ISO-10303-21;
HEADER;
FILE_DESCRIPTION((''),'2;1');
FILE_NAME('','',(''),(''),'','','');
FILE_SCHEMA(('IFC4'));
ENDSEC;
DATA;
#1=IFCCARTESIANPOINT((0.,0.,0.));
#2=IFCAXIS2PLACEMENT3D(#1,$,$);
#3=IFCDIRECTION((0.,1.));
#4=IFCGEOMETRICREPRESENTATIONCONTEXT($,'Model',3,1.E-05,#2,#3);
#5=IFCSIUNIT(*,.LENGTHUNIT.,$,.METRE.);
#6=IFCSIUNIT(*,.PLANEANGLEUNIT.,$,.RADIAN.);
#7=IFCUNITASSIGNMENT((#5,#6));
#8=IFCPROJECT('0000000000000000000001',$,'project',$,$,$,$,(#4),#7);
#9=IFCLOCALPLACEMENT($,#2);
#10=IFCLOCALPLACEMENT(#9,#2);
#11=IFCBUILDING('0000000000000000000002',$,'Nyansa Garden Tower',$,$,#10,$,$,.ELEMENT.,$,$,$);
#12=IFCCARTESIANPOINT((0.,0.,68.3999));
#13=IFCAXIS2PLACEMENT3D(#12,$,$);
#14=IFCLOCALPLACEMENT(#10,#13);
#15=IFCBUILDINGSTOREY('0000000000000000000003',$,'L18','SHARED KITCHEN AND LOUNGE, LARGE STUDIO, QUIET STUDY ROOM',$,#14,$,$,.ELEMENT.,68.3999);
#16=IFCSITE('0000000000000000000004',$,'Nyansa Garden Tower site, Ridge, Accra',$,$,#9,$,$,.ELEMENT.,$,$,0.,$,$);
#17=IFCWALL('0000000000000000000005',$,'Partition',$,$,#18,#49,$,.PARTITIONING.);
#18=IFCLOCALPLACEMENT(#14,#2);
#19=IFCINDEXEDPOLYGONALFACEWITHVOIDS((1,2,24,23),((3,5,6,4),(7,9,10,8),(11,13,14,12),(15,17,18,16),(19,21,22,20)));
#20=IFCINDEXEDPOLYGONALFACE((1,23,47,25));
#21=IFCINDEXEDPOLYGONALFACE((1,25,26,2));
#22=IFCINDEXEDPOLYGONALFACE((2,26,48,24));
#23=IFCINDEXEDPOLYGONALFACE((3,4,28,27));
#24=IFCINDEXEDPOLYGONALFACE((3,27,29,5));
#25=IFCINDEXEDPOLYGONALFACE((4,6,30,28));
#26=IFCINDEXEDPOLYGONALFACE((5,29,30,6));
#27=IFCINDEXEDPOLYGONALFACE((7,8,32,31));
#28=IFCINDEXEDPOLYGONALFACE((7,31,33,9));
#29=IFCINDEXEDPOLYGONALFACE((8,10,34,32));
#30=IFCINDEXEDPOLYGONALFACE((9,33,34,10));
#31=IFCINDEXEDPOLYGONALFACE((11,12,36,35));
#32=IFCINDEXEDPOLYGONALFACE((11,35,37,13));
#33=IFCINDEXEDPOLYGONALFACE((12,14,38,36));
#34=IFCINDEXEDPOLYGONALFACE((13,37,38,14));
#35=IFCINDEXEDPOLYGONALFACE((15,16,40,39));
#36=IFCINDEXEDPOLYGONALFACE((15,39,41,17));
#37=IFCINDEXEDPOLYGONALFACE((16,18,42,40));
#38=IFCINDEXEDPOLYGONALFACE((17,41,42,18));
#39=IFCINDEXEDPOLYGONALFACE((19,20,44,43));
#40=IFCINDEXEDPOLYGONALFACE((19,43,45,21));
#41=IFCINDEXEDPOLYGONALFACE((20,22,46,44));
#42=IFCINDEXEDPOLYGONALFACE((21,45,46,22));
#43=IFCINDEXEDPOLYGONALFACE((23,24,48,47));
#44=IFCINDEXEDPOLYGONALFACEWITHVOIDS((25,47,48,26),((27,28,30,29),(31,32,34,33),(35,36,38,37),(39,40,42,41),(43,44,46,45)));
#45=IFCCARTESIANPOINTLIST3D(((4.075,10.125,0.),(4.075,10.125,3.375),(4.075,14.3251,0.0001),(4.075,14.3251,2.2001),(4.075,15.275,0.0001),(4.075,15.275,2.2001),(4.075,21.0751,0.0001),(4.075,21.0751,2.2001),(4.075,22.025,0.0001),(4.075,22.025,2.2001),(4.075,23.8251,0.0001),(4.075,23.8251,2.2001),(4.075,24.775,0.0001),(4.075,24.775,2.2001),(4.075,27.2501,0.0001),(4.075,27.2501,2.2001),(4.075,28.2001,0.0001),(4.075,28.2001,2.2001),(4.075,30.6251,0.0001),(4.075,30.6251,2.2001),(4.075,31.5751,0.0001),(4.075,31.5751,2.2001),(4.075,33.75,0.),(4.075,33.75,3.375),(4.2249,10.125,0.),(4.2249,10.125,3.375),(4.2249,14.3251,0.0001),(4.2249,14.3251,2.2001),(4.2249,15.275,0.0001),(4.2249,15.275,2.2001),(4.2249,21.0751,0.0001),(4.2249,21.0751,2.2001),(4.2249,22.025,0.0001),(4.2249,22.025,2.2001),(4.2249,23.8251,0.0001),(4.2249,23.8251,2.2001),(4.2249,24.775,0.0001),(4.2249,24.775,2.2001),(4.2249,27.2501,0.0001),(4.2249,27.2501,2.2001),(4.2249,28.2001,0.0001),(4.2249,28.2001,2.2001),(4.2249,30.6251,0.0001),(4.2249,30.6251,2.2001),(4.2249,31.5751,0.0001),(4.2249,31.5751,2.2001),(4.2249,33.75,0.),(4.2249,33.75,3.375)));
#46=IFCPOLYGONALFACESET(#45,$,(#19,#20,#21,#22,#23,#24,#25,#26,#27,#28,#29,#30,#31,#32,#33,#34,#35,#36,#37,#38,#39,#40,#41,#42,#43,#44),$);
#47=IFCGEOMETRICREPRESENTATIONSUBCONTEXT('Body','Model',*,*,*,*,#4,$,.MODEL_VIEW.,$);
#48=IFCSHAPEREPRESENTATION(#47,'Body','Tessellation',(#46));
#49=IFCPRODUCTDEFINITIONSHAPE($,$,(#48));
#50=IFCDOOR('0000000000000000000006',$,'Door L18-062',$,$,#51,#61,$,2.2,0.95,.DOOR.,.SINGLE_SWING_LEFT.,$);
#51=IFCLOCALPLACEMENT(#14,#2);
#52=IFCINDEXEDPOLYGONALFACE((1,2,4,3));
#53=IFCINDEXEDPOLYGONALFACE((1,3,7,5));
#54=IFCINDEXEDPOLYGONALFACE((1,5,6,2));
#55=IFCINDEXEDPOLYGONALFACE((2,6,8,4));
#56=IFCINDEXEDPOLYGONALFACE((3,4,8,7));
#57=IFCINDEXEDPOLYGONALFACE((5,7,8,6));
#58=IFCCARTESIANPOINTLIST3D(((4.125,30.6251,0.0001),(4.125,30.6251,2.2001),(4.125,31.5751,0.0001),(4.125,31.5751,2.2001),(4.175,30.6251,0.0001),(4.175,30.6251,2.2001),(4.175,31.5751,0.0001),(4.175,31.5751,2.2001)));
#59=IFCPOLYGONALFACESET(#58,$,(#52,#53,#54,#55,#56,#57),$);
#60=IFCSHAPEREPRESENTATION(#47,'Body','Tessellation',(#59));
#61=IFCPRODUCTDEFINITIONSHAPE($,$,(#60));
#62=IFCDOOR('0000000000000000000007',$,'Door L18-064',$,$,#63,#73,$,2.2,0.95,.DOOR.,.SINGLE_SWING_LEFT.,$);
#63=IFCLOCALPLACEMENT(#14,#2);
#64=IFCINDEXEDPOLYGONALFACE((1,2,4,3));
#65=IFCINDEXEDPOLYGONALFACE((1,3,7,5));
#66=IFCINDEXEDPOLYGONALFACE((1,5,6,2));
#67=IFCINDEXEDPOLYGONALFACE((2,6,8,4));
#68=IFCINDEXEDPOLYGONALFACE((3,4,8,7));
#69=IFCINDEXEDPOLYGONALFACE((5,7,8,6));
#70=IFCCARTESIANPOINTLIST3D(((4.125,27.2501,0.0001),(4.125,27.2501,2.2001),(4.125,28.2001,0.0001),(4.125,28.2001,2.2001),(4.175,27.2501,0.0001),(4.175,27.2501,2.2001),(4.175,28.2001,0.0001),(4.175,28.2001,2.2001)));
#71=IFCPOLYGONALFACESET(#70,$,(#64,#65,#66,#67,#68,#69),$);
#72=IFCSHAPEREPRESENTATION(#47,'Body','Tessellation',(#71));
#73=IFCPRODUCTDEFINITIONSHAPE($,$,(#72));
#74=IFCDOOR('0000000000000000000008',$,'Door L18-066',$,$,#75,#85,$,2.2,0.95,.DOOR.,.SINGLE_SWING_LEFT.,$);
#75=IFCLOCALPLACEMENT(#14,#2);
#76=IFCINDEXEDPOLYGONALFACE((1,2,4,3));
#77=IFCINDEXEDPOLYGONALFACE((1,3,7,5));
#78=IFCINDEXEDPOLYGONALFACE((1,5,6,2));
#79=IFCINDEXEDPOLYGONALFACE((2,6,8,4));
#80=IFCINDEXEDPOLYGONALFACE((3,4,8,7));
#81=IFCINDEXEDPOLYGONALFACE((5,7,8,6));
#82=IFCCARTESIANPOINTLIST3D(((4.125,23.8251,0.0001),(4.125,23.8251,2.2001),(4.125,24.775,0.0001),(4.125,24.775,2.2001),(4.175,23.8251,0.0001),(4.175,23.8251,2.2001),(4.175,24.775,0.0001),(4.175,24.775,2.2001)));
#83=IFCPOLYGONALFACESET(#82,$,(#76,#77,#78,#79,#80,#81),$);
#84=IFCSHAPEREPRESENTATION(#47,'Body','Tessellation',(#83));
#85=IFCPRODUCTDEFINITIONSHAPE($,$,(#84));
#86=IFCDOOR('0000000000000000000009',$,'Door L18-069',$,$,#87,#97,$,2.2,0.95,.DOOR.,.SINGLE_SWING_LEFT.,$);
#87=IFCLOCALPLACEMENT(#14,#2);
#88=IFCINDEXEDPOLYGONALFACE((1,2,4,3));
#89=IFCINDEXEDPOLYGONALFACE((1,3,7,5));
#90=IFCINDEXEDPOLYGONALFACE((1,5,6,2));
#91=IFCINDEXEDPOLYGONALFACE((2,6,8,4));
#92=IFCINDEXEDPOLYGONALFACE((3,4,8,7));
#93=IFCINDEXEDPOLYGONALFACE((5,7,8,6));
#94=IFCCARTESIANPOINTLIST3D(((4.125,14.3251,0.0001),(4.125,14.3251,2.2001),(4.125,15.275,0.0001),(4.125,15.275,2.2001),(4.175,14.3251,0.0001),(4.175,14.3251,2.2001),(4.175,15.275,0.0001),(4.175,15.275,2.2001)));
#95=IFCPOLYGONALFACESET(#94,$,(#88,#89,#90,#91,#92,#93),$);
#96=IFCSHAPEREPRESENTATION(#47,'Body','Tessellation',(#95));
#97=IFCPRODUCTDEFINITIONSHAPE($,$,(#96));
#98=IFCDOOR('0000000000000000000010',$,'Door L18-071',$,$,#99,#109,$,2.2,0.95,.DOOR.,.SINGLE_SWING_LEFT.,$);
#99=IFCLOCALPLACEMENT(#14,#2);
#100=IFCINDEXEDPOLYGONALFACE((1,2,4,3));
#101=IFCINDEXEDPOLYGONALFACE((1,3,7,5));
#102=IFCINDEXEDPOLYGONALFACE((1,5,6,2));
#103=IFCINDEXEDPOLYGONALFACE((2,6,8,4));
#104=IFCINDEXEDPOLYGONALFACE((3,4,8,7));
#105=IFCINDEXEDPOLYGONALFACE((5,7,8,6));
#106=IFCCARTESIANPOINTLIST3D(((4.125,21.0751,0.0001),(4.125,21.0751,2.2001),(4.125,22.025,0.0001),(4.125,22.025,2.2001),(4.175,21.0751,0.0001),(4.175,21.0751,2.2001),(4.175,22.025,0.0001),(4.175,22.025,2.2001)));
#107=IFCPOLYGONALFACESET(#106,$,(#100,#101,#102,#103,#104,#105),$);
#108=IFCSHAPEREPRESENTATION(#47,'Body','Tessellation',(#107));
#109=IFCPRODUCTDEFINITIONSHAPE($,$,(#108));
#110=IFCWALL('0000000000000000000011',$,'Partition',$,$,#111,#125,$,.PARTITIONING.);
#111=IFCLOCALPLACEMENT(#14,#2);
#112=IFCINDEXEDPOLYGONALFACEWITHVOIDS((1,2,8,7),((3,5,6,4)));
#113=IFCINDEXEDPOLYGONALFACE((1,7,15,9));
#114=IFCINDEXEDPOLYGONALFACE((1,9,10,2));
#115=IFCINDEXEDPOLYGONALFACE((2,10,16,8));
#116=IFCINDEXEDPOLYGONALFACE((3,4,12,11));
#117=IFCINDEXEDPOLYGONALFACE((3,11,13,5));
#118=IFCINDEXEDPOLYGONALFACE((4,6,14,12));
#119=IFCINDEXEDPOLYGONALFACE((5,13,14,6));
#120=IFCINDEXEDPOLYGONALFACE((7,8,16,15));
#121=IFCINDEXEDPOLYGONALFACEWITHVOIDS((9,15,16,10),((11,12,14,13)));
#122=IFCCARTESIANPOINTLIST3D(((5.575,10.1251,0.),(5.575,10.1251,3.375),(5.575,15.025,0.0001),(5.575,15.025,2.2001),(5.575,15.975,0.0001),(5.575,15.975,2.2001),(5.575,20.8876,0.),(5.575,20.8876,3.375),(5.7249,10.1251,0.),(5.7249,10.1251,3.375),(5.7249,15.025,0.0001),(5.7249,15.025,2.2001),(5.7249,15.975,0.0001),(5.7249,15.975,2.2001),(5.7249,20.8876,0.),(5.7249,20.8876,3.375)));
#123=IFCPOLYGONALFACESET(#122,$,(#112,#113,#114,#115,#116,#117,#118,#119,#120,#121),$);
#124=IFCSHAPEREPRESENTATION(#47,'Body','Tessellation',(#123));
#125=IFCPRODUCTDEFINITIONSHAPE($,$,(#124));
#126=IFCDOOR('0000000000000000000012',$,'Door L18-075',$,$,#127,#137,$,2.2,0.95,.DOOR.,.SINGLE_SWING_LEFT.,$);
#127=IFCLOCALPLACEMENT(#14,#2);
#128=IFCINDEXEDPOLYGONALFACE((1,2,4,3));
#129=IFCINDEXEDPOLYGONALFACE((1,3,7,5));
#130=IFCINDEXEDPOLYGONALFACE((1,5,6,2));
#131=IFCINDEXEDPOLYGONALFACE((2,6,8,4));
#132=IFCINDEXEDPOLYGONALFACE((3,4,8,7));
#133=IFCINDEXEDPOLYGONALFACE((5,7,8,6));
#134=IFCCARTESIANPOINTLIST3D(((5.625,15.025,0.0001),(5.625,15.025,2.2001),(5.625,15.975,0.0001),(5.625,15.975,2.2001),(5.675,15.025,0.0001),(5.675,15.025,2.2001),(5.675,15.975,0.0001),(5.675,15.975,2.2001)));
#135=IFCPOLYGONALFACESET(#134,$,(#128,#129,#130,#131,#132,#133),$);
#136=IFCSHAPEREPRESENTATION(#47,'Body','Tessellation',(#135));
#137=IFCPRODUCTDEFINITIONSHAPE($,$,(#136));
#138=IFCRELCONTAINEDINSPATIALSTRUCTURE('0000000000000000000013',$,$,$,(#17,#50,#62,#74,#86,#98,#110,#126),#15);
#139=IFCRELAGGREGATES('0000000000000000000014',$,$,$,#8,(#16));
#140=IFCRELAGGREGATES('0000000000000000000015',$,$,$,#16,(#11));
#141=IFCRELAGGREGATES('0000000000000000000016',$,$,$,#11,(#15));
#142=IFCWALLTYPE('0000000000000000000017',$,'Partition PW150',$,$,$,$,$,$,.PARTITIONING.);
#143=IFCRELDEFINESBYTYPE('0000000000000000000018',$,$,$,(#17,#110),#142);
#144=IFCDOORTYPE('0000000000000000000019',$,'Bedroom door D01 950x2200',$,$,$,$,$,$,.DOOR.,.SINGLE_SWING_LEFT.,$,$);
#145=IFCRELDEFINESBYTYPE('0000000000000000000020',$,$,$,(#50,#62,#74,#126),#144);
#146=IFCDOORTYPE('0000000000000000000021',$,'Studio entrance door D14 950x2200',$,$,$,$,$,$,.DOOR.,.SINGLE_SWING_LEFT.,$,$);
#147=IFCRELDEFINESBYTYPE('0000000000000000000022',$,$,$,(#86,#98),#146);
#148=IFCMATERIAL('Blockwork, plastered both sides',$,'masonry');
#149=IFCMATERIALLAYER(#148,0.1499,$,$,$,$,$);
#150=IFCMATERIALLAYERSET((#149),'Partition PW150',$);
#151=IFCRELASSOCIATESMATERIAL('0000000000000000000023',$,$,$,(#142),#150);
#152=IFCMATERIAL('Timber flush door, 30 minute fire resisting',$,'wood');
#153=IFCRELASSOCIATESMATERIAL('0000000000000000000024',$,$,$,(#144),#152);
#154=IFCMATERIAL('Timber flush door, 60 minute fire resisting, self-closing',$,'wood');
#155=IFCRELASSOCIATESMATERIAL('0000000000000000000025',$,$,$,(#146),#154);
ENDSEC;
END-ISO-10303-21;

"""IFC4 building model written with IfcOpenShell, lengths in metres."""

from ifc_helpers import new_model, si_unit, direction, frame, frame_2d, origin, place, context, subcontext, project, spatial, rectangle, extrude, material, layer, layer_set, type_object, element, fill, save


model = new_model("IFC4")

# Units and contexts
model_context = context("Model", 3, precision=1e-05, world=origin(), true_north=direction((0.0, 1.0)))
body_context = subcontext(model_context, "Body", "Model", "MODEL_VIEW")
ifc_project = project(units=[si_unit("LENGTHUNIT", "METRE"), si_unit("PLANEANGLEUNIT", "RADIAN")], contexts=[model_context])

# Site, building, storey
site_placement = place(None, origin())
site = spatial("IfcSite", under=ifc_project, at=site_placement, Name="Nyansa Garden Tower site, Ridge, Accra", CompositionType="ELEMENT", RefElevation=0.0)
building_placement = place(site_placement, origin())
building = spatial("IfcBuilding", under=site, at=building_placement, Name="Nyansa Garden Tower", CompositionType="ELEMENT")
storey_placement = place(building_placement, frame((0.0, 0.0, 68.3999)))
storey = spatial("IfcBuildingStorey", under=building, at=storey_placement, Name="L18", Description="SHARED KITCHEN AND LOUNGE, LARGE STUDIO, QUIET STUDY ROOM", CompositionType="ELEMENT", Elevation=68.3999)

# Shared definitions
ifc_material_1 = material(Name="Blockwork, plastered both sides", Category="masonry")
ifc_layer_1 = layer(ifc_material_1, 0.1499)
ifc_layer_set_1 = layer_set([ifc_layer_1], Name="Partition PW150")
wall_type_1 = type_object("IfcWallType", Name="Partition PW150", PredefinedType="PARTITIONING", material=ifc_layer_set_1)

# Wall, openings, doors
wall_1_placement = place(storey_placement, frame((4.1499, 10.125, 0.0), z_axis=(0.0, 0.0, 1.0), x_axis=(0.0, 1.0, 0.0)))
wall_1 = element("IfcWall", 1, at=wall_1_placement, inside=storey, type_object=wall_type_1, Name="Partition", PredefinedType="PARTITIONING", context=body_context, shape_type="SweptSolid", body=[
    extrude(rectangle(XDim=23.625, YDim=0.1499, at=frame_2d((11.8125, 0.0))), origin(), (0.0, 0.0, 1.0), 3.375),
])
opening_1_placement = place(wall_1_placement, frame((20.5, 0.0, 0.0)))
opening_1 = element("IfcOpeningElement", 2, at=opening_1_placement, cuts=wall_1, PredefinedType="OPENING", context=body_context, shape_type="SweptSolid", body=[
    extrude(rectangle(XDim=0.95, YDim=2.2, at=frame_2d((0.4751, 1.1001))), frame((0.0, 0.085, 0.0), z_axis=(0.0, -1.0, 0.0), x_axis=(1.0, 0.0, 0.0)), (0.0, 0.0, 1.0), 0.1699),
])
opening_2_placement = place(wall_1_placement, frame((17.125, 0.0, 0.0)))
opening_2 = element("IfcOpeningElement", 3, at=opening_2_placement, cuts=wall_1, PredefinedType="OPENING", context=body_context, shape_type="SweptSolid", body=[
    extrude(rectangle(XDim=0.95, YDim=2.2, at=frame_2d((0.4751, 1.1001))), frame((0.0, 0.085, 0.0), z_axis=(0.0, -1.0, 0.0), x_axis=(1.0, 0.0, 0.0)), (0.0, 0.0, 1.0), 0.1699),
])
opening_3_placement = place(wall_1_placement, frame((13.7, 0.0, 0.0)))
opening_3 = element("IfcOpeningElement", 4, at=opening_3_placement, cuts=wall_1, PredefinedType="OPENING", context=body_context, shape_type="SweptSolid", body=[
    extrude(rectangle(XDim=0.95, YDim=2.2, at=frame_2d((0.4751, 1.1001))), frame((0.0, 0.085, 0.0), z_axis=(0.0, -1.0, 0.0), x_axis=(1.0, 0.0, 0.0)), (0.0, 0.0, 1.0), 0.1699),
])
opening_4_placement = place(wall_1_placement, frame((4.2, 0.0, 0.0)))
opening_4 = element("IfcOpeningElement", 5, at=opening_4_placement, cuts=wall_1, PredefinedType="OPENING", context=body_context, shape_type="SweptSolid", body=[
    extrude(rectangle(XDim=0.95, YDim=2.2, at=frame_2d((0.4751, 1.1001))), frame((0.0, 0.085, 0.0), z_axis=(0.0, -1.0, 0.0), x_axis=(1.0, 0.0, 0.0)), (0.0, 0.0, 1.0), 0.1699),
])
opening_5_placement = place(wall_1_placement, frame((10.95, 0.0, 0.0)))
opening_5 = element("IfcOpeningElement", 6, at=opening_5_placement, cuts=wall_1, PredefinedType="OPENING", context=body_context, shape_type="SweptSolid", body=[
    extrude(rectangle(XDim=0.95, YDim=2.2, at=frame_2d((0.4751, 1.1001))), frame((0.0, 0.085, 0.0), z_axis=(0.0, -1.0, 0.0), x_axis=(1.0, 0.0, 0.0)), (0.0, 0.0, 1.0), 0.1699),
])
ifc_material_2 = material(Name="Timber flush door, 30 minute fire resisting", Category="wood")
door_type_1 = type_object("IfcDoorType", Name="Bedroom door D01 950x2200", OperationType="SINGLE_SWING_LEFT", PredefinedType="DOOR", material=ifc_material_2)
door_1_placement = place(opening_1_placement, origin())
door_1 = element("IfcDoor", 7, at=door_1_placement, inside=storey, type_object=door_type_1, Name="Door L18-062", OperationType="SINGLE_SWING_LEFT", OverallHeight=2.2, OverallWidth=0.95, PredefinedType="DOOR", context=body_context, shape_type="SweptSolid", body=[
    extrude(rectangle(XDim=0.95, YDim=2.2, at=frame_2d((0.4751, 1.1001))), frame((0.0, 0.0249, 0.0), z_axis=(0.0, -1.0, 0.0), x_axis=(1.0, 0.0, 0.0)), (0.0, 0.0, 1.0), 0.05),
])
fill(opening_1, door_1)
door_2_placement = place(opening_2_placement, origin())
door_2 = element("IfcDoor", 8, at=door_2_placement, inside=storey, type_object=door_type_1, Name="Door L18-064", OperationType="SINGLE_SWING_LEFT", OverallHeight=2.2, OverallWidth=0.95, PredefinedType="DOOR", context=body_context, shape_type="SweptSolid", body=[
    extrude(rectangle(XDim=0.95, YDim=2.2, at=frame_2d((0.4751, 1.1001))), frame((0.0, 0.0249, 0.0), z_axis=(0.0, -1.0, 0.0), x_axis=(1.0, 0.0, 0.0)), (0.0, 0.0, 1.0), 0.05),
])
fill(opening_2, door_2)
door_3_placement = place(opening_3_placement, origin())
door_3 = element("IfcDoor", 9, at=door_3_placement, inside=storey, type_object=door_type_1, Name="Door L18-066", OperationType="SINGLE_SWING_LEFT", OverallHeight=2.2, OverallWidth=0.95, PredefinedType="DOOR", context=body_context, shape_type="SweptSolid", body=[
    extrude(rectangle(XDim=0.95, YDim=2.2, at=frame_2d((0.4751, 1.1001))), frame((0.0, 0.0249, 0.0), z_axis=(0.0, -1.0, 0.0), x_axis=(1.0, 0.0, 0.0)), (0.0, 0.0, 1.0), 0.05),
])
fill(opening_3, door_3)
ifc_material_3 = material(Name="Timber flush door, 60 minute fire resisting, self-closing", Category="wood")
door_type_2 = type_object("IfcDoorType", Name="Studio entrance door D14 950x2200", OperationType="SINGLE_SWING_LEFT", PredefinedType="DOOR", material=ifc_material_3)
door_4_placement = place(opening_4_placement, origin())
door_4 = element("IfcDoor", 10, at=door_4_placement, inside=storey, type_object=door_type_2, Name="Door L18-069", OperationType="SINGLE_SWING_LEFT", OverallHeight=2.2, OverallWidth=0.95, PredefinedType="DOOR", context=body_context, shape_type="SweptSolid", body=[
    extrude(rectangle(XDim=0.95, YDim=2.2, at=frame_2d((0.4751, 1.1001))), frame((0.0, 0.0249, 0.0), z_axis=(0.0, -1.0, 0.0), x_axis=(1.0, 0.0, 0.0)), (0.0, 0.0, 1.0), 0.05),
])
fill(opening_4, door_4)
door_5_placement = place(opening_5_placement, origin())
door_5 = element("IfcDoor", 11, at=door_5_placement, inside=storey, type_object=door_type_2, Name="Door L18-071", OperationType="SINGLE_SWING_LEFT", OverallHeight=2.2, OverallWidth=0.95, PredefinedType="DOOR", context=body_context, shape_type="SweptSolid", body=[
    extrude(rectangle(XDim=0.95, YDim=2.2, at=frame_2d((0.4751, 1.1001))), frame((0.0, 0.0249, 0.0), z_axis=(0.0, -1.0, 0.0), x_axis=(1.0, 0.0, 0.0)), (0.0, 0.0, 1.0), 0.05),
])
fill(opening_5, door_5)

# Wall, opening, door
wall_2_placement = place(storey_placement, frame((5.6499, 10.125, 0.0), z_axis=(0.0, 0.0, 1.0), x_axis=(0.0, 1.0, 0.0)))
wall_2 = element("IfcWall", 12, at=wall_2_placement, inside=storey, type_object=wall_type_1, Name="Partition", PredefinedType="PARTITIONING", context=body_context, shape_type="SweptSolid", body=[
    extrude(rectangle(XDim=10.7625, YDim=0.1499, at=frame_2d((5.3813, 0.0))), origin(), (0.0, 0.0, 1.0), 3.375),
])
opening_6_placement = place(wall_2_placement, frame((4.8999, 0.0, 0.0)))
opening_6 = element("IfcOpeningElement", 13, at=opening_6_placement, cuts=wall_2, PredefinedType="OPENING", context=body_context, shape_type="SweptSolid", body=[
    extrude(rectangle(XDim=0.95, YDim=2.2, at=frame_2d((0.4751, 1.1001))), frame((0.0, 0.085, 0.0), z_axis=(0.0, -1.0, 0.0), x_axis=(1.0, 0.0, 0.0)), (0.0, 0.0, 1.0), 0.1699),
])
door_6_placement = place(opening_6_placement, origin())
door_6 = element("IfcDoor", 14, at=door_6_placement, inside=storey, type_object=door_type_1, Name="Door L18-075", OperationType="SINGLE_SWING_LEFT", OverallHeight=2.2, OverallWidth=0.95, PredefinedType="DOOR", context=body_context, shape_type="SweptSolid", body=[
    extrude(rectangle(XDim=0.95, YDim=2.2, at=frame_2d((0.4751, 1.1001))), frame((0.0, 0.0249, 0.0), z_axis=(0.0, -1.0, 0.0), x_axis=(1.0, 0.0, 0.0)), (0.0, 0.0, 1.0), 0.05),
])
fill(opening_6, door_6)

save(model, "model.ifc")
